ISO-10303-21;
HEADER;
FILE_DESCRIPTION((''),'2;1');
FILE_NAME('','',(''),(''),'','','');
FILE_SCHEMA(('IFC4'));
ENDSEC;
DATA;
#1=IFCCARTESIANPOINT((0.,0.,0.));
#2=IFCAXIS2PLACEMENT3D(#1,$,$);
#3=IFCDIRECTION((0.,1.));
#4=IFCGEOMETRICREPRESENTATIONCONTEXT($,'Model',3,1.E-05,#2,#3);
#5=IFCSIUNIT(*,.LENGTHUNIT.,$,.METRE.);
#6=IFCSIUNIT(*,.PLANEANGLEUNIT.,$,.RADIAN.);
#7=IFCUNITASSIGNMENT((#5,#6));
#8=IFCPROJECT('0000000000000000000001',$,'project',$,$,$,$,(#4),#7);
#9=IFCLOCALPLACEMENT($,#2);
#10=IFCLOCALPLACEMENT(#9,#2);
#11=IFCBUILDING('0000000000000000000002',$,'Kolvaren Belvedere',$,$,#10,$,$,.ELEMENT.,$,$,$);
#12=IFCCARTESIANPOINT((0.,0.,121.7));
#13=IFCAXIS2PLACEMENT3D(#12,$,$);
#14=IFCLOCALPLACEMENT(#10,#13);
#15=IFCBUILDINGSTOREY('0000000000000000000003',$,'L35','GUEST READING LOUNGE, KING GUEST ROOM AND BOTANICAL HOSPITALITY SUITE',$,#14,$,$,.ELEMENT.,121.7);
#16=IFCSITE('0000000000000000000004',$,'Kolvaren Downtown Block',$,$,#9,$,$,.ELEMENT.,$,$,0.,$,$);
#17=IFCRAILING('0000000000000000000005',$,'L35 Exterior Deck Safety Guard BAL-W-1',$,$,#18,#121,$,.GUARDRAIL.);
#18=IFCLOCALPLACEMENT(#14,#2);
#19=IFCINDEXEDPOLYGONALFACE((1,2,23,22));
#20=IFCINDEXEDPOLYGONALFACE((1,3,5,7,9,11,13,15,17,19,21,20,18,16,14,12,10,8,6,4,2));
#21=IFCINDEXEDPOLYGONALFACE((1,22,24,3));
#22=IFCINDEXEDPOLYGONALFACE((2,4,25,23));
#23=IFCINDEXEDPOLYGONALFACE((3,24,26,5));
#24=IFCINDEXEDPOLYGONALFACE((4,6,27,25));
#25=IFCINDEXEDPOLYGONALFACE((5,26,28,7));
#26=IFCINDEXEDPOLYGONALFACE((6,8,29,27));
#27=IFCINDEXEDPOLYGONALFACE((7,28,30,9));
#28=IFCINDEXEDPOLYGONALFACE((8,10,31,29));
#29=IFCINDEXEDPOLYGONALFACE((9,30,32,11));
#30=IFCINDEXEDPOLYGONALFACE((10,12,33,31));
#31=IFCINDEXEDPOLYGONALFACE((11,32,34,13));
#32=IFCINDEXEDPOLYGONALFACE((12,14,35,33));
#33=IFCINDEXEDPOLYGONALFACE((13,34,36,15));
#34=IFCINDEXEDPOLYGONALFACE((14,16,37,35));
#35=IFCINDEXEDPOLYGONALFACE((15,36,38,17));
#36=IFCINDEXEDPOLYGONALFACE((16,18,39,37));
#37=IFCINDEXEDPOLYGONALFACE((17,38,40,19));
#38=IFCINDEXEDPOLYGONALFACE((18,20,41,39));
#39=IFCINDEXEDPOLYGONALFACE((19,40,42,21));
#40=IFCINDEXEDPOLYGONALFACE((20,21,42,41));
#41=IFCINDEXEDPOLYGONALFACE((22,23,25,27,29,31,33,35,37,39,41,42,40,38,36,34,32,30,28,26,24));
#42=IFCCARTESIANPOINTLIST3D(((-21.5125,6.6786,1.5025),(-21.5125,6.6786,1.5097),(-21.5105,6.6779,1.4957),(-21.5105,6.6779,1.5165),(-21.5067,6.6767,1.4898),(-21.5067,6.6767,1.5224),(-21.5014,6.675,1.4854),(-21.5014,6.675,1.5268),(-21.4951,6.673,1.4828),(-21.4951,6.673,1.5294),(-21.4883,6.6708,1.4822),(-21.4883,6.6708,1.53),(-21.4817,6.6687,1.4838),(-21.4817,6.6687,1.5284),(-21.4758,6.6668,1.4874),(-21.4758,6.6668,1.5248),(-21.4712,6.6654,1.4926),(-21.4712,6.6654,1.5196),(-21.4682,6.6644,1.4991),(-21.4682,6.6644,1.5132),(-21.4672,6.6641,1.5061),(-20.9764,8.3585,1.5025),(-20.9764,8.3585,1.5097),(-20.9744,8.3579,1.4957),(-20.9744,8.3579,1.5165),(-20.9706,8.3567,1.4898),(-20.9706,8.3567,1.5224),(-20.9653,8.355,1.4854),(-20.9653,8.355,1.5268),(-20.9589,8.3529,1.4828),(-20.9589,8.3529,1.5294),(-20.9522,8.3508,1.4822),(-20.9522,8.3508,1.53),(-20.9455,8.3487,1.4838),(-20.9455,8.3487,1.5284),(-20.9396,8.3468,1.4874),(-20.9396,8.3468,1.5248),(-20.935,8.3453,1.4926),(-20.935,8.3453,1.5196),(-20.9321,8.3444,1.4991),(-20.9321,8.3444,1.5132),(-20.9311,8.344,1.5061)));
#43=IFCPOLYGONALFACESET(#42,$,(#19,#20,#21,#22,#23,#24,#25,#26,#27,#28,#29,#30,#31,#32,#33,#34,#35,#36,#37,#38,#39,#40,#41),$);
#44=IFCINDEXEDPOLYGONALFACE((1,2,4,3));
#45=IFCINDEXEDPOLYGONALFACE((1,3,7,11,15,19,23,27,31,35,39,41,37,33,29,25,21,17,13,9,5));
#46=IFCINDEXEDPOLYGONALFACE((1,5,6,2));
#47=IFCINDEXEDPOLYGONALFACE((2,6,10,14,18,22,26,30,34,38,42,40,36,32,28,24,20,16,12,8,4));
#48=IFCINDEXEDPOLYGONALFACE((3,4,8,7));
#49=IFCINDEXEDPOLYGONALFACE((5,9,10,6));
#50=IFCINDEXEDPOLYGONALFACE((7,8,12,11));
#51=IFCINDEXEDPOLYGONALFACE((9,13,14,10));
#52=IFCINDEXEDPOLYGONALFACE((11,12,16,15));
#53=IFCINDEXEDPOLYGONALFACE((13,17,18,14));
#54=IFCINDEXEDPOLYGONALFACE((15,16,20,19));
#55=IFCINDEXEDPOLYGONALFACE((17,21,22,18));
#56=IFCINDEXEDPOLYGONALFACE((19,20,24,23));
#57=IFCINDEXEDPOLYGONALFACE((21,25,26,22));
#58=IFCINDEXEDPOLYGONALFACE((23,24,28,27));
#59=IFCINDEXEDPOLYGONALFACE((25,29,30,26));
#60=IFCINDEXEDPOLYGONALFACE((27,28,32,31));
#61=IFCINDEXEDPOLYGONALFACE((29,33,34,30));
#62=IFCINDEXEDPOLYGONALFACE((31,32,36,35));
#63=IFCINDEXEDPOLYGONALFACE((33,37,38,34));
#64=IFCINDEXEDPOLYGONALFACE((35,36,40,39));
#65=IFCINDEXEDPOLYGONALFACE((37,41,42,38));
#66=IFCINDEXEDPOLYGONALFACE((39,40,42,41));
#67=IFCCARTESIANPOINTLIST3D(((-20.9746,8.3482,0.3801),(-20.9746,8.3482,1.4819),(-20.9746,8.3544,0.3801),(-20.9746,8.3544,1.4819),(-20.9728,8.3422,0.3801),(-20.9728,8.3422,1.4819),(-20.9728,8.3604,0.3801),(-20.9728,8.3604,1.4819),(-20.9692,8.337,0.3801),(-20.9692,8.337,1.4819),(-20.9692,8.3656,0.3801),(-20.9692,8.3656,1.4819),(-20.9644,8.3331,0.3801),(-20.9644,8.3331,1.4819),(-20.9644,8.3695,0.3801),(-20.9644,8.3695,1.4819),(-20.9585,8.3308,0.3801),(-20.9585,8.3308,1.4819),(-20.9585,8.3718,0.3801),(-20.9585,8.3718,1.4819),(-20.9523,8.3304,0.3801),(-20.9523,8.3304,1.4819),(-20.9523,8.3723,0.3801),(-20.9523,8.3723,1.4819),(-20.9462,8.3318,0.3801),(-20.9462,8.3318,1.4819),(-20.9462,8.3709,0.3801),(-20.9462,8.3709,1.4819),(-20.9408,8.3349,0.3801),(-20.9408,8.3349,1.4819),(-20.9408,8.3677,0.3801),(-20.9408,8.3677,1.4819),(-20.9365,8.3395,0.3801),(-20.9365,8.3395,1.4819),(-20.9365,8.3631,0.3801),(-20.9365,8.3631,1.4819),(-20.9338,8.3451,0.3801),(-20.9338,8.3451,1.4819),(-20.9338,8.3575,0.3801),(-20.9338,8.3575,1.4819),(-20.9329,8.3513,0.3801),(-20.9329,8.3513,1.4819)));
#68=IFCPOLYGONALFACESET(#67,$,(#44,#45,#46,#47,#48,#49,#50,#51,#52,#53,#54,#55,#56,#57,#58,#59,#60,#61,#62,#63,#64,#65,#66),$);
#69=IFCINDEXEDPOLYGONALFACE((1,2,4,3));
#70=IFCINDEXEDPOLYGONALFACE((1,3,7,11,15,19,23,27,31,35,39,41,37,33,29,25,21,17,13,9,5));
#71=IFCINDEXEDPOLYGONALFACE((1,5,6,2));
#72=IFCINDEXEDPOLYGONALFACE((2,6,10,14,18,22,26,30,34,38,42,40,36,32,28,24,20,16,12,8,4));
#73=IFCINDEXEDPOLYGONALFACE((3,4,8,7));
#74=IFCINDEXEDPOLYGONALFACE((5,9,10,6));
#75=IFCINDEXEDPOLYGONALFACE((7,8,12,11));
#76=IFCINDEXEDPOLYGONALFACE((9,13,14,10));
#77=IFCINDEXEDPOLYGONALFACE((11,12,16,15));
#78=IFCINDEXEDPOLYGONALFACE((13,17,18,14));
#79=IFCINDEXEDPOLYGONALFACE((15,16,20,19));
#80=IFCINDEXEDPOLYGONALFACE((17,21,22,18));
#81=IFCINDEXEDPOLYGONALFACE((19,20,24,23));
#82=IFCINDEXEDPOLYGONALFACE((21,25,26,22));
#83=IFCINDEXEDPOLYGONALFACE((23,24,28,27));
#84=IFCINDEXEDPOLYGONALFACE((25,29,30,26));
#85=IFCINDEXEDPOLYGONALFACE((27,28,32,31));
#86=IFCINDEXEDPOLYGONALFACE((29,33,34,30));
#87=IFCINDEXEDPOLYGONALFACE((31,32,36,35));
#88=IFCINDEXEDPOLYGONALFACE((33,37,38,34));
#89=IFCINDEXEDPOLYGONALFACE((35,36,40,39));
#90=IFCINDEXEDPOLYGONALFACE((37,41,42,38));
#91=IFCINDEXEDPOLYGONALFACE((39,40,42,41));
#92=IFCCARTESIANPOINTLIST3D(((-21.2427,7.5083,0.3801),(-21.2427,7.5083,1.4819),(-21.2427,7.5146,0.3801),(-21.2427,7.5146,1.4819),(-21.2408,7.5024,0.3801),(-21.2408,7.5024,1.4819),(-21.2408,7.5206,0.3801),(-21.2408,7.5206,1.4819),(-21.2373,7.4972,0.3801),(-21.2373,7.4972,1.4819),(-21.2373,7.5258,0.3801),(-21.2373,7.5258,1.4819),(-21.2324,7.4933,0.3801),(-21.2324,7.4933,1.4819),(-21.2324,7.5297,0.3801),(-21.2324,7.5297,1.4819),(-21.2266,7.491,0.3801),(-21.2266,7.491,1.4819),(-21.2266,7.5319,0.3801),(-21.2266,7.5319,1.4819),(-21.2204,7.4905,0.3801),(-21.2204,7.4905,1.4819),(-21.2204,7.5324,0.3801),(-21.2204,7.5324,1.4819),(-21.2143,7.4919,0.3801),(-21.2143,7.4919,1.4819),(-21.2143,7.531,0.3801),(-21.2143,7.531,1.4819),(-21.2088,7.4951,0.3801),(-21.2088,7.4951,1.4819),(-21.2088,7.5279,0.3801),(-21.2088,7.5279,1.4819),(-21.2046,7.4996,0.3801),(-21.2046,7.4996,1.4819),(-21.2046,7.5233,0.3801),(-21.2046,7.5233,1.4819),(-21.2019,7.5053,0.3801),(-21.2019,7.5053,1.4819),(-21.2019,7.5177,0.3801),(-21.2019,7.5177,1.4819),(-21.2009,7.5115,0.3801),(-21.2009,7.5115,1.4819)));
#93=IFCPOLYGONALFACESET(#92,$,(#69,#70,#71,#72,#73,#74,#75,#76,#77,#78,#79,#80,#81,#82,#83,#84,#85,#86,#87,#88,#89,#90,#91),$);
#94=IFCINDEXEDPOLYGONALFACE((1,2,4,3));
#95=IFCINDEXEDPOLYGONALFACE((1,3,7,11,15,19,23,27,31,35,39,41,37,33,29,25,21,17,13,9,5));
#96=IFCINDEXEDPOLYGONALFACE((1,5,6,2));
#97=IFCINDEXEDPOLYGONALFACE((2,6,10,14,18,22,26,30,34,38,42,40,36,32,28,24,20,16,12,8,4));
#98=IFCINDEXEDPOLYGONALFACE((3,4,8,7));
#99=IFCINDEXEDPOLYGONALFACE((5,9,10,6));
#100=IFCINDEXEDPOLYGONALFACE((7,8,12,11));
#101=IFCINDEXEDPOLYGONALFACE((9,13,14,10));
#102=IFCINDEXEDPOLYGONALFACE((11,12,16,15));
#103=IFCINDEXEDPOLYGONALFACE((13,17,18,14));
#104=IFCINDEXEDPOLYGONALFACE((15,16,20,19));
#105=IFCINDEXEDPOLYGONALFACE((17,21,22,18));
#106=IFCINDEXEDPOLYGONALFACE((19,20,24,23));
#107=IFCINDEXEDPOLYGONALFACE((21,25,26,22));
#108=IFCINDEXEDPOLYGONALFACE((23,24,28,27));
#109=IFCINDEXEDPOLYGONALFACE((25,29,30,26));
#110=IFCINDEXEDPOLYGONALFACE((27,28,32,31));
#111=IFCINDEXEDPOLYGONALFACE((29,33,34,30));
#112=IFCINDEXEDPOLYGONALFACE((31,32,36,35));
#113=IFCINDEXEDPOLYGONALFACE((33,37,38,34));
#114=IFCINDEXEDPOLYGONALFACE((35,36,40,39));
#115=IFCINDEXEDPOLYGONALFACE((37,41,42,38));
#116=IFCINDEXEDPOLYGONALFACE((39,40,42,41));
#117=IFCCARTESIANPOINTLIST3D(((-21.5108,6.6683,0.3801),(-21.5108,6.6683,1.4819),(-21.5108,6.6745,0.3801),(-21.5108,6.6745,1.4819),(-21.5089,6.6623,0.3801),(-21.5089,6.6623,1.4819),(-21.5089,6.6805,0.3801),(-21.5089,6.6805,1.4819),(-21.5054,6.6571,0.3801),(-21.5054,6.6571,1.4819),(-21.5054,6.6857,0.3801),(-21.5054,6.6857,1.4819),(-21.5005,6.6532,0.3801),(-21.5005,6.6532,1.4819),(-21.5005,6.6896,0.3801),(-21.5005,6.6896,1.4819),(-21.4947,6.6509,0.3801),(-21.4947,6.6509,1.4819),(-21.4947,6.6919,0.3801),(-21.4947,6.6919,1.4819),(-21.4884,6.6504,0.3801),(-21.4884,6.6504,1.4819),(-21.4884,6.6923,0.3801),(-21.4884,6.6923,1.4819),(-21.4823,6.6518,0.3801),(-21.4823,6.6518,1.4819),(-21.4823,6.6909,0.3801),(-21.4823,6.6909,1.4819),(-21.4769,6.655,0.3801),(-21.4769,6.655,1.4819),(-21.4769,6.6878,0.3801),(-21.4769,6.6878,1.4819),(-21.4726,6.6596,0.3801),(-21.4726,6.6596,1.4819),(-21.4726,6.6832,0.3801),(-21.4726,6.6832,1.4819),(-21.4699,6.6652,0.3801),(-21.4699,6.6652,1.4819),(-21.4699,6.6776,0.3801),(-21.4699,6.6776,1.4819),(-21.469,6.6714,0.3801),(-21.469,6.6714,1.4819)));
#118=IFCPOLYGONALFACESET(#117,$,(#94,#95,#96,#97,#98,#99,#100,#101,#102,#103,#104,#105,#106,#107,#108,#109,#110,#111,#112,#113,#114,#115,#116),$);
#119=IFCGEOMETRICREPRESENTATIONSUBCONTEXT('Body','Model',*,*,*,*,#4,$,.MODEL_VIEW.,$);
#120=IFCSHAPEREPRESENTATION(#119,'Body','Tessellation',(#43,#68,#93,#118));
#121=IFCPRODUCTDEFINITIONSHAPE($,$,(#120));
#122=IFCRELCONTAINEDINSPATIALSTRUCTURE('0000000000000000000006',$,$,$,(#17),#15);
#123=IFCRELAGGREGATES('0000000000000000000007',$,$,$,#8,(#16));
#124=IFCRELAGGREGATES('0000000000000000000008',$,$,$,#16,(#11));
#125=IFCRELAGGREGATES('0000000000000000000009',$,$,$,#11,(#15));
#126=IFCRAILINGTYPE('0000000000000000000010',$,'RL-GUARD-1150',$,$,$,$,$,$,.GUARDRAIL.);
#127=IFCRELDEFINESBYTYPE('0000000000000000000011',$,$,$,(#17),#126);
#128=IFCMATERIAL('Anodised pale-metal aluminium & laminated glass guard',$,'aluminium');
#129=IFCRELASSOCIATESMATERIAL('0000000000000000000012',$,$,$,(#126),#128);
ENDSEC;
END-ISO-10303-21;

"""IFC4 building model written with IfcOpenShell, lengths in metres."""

from ifc_helpers import new_model, si_unit, direction, frame, origin, origin_2d, place, context, subcontext, project, spatial, circle, extrude, material, type_object, element, save


model = new_model("IFC4")

# Units and contexts
model_context = context("Model", 3, precision=1e-05, world=origin(), true_north=direction((0.0, 1.0)))
body_context = subcontext(model_context, "Body", "Model", "MODEL_VIEW")
ifc_project = project(units=[si_unit("LENGTHUNIT", "METRE"), si_unit("PLANEANGLEUNIT", "RADIAN")], contexts=[model_context])

# Site, building, storey
site_placement = place(None, origin())
site = spatial("IfcSite", under=ifc_project, at=site_placement, Name="Kolvaren Downtown Block", CompositionType="ELEMENT", RefElevation=0.0)
building_placement = place(site_placement, origin())
building = spatial("IfcBuilding", under=site, at=building_placement, Name="Kolvaren Belvedere", CompositionType="ELEMENT")
storey_placement = place(building_placement, frame((0.0, 0.0, 121.7)))
storey = spatial("IfcBuildingStorey", under=building, at=storey_placement, Name="L35", Description="GUEST READING LOUNGE, KING GUEST ROOM AND BOTANICAL HOSPITALITY SUITE", CompositionType="ELEMENT", Elevation=121.7)

# Railing
ifc_material_1 = material(Name="Anodised pale-metal aluminium & laminated glass guard", Category="aluminium")
railing_type = type_object("IfcRailingType", Name="RL-GUARD-1150", PredefinedType="GUARDRAIL", material=ifc_material_1)
railing_1_placement = place(storey_placement, frame((-20.9539, 8.3513, 0.3801)))
element("IfcRailing", 1, at=railing_1_placement, inside=storey, type_object=railing_type, Name="L35 Exterior Deck Safety Guard BAL-W-1", PredefinedType="GUARDRAIL", context=body_context, shape_type="SweptSolid", body=[
    extrude(circle(Radius=0.0239, at=origin_2d()), frame((0.0, 0.0, 1.126), z_axis=(-0.304032, -0.952662, 0.0), x_axis=(0.952662, -0.304032, 0.0)), (0.0, 0.0, 1.0), 1.7634),
    extrude(circle(Radius=0.021, at=origin_2d()), origin(), (0.0, 0.0, 1.0), 1.1018),
    extrude(circle(Radius=0.021, at=origin_2d()), frame((-0.2681, -0.8398, 0.0)), (0.0, 0.0, 1.0), 1.1018),
    extrude(circle(Radius=0.021, at=origin_2d()), frame((-0.5361, -1.6799, 0.0)), (0.0, 0.0, 1.0), 1.1018),
])

save(model, "model.ifc")
